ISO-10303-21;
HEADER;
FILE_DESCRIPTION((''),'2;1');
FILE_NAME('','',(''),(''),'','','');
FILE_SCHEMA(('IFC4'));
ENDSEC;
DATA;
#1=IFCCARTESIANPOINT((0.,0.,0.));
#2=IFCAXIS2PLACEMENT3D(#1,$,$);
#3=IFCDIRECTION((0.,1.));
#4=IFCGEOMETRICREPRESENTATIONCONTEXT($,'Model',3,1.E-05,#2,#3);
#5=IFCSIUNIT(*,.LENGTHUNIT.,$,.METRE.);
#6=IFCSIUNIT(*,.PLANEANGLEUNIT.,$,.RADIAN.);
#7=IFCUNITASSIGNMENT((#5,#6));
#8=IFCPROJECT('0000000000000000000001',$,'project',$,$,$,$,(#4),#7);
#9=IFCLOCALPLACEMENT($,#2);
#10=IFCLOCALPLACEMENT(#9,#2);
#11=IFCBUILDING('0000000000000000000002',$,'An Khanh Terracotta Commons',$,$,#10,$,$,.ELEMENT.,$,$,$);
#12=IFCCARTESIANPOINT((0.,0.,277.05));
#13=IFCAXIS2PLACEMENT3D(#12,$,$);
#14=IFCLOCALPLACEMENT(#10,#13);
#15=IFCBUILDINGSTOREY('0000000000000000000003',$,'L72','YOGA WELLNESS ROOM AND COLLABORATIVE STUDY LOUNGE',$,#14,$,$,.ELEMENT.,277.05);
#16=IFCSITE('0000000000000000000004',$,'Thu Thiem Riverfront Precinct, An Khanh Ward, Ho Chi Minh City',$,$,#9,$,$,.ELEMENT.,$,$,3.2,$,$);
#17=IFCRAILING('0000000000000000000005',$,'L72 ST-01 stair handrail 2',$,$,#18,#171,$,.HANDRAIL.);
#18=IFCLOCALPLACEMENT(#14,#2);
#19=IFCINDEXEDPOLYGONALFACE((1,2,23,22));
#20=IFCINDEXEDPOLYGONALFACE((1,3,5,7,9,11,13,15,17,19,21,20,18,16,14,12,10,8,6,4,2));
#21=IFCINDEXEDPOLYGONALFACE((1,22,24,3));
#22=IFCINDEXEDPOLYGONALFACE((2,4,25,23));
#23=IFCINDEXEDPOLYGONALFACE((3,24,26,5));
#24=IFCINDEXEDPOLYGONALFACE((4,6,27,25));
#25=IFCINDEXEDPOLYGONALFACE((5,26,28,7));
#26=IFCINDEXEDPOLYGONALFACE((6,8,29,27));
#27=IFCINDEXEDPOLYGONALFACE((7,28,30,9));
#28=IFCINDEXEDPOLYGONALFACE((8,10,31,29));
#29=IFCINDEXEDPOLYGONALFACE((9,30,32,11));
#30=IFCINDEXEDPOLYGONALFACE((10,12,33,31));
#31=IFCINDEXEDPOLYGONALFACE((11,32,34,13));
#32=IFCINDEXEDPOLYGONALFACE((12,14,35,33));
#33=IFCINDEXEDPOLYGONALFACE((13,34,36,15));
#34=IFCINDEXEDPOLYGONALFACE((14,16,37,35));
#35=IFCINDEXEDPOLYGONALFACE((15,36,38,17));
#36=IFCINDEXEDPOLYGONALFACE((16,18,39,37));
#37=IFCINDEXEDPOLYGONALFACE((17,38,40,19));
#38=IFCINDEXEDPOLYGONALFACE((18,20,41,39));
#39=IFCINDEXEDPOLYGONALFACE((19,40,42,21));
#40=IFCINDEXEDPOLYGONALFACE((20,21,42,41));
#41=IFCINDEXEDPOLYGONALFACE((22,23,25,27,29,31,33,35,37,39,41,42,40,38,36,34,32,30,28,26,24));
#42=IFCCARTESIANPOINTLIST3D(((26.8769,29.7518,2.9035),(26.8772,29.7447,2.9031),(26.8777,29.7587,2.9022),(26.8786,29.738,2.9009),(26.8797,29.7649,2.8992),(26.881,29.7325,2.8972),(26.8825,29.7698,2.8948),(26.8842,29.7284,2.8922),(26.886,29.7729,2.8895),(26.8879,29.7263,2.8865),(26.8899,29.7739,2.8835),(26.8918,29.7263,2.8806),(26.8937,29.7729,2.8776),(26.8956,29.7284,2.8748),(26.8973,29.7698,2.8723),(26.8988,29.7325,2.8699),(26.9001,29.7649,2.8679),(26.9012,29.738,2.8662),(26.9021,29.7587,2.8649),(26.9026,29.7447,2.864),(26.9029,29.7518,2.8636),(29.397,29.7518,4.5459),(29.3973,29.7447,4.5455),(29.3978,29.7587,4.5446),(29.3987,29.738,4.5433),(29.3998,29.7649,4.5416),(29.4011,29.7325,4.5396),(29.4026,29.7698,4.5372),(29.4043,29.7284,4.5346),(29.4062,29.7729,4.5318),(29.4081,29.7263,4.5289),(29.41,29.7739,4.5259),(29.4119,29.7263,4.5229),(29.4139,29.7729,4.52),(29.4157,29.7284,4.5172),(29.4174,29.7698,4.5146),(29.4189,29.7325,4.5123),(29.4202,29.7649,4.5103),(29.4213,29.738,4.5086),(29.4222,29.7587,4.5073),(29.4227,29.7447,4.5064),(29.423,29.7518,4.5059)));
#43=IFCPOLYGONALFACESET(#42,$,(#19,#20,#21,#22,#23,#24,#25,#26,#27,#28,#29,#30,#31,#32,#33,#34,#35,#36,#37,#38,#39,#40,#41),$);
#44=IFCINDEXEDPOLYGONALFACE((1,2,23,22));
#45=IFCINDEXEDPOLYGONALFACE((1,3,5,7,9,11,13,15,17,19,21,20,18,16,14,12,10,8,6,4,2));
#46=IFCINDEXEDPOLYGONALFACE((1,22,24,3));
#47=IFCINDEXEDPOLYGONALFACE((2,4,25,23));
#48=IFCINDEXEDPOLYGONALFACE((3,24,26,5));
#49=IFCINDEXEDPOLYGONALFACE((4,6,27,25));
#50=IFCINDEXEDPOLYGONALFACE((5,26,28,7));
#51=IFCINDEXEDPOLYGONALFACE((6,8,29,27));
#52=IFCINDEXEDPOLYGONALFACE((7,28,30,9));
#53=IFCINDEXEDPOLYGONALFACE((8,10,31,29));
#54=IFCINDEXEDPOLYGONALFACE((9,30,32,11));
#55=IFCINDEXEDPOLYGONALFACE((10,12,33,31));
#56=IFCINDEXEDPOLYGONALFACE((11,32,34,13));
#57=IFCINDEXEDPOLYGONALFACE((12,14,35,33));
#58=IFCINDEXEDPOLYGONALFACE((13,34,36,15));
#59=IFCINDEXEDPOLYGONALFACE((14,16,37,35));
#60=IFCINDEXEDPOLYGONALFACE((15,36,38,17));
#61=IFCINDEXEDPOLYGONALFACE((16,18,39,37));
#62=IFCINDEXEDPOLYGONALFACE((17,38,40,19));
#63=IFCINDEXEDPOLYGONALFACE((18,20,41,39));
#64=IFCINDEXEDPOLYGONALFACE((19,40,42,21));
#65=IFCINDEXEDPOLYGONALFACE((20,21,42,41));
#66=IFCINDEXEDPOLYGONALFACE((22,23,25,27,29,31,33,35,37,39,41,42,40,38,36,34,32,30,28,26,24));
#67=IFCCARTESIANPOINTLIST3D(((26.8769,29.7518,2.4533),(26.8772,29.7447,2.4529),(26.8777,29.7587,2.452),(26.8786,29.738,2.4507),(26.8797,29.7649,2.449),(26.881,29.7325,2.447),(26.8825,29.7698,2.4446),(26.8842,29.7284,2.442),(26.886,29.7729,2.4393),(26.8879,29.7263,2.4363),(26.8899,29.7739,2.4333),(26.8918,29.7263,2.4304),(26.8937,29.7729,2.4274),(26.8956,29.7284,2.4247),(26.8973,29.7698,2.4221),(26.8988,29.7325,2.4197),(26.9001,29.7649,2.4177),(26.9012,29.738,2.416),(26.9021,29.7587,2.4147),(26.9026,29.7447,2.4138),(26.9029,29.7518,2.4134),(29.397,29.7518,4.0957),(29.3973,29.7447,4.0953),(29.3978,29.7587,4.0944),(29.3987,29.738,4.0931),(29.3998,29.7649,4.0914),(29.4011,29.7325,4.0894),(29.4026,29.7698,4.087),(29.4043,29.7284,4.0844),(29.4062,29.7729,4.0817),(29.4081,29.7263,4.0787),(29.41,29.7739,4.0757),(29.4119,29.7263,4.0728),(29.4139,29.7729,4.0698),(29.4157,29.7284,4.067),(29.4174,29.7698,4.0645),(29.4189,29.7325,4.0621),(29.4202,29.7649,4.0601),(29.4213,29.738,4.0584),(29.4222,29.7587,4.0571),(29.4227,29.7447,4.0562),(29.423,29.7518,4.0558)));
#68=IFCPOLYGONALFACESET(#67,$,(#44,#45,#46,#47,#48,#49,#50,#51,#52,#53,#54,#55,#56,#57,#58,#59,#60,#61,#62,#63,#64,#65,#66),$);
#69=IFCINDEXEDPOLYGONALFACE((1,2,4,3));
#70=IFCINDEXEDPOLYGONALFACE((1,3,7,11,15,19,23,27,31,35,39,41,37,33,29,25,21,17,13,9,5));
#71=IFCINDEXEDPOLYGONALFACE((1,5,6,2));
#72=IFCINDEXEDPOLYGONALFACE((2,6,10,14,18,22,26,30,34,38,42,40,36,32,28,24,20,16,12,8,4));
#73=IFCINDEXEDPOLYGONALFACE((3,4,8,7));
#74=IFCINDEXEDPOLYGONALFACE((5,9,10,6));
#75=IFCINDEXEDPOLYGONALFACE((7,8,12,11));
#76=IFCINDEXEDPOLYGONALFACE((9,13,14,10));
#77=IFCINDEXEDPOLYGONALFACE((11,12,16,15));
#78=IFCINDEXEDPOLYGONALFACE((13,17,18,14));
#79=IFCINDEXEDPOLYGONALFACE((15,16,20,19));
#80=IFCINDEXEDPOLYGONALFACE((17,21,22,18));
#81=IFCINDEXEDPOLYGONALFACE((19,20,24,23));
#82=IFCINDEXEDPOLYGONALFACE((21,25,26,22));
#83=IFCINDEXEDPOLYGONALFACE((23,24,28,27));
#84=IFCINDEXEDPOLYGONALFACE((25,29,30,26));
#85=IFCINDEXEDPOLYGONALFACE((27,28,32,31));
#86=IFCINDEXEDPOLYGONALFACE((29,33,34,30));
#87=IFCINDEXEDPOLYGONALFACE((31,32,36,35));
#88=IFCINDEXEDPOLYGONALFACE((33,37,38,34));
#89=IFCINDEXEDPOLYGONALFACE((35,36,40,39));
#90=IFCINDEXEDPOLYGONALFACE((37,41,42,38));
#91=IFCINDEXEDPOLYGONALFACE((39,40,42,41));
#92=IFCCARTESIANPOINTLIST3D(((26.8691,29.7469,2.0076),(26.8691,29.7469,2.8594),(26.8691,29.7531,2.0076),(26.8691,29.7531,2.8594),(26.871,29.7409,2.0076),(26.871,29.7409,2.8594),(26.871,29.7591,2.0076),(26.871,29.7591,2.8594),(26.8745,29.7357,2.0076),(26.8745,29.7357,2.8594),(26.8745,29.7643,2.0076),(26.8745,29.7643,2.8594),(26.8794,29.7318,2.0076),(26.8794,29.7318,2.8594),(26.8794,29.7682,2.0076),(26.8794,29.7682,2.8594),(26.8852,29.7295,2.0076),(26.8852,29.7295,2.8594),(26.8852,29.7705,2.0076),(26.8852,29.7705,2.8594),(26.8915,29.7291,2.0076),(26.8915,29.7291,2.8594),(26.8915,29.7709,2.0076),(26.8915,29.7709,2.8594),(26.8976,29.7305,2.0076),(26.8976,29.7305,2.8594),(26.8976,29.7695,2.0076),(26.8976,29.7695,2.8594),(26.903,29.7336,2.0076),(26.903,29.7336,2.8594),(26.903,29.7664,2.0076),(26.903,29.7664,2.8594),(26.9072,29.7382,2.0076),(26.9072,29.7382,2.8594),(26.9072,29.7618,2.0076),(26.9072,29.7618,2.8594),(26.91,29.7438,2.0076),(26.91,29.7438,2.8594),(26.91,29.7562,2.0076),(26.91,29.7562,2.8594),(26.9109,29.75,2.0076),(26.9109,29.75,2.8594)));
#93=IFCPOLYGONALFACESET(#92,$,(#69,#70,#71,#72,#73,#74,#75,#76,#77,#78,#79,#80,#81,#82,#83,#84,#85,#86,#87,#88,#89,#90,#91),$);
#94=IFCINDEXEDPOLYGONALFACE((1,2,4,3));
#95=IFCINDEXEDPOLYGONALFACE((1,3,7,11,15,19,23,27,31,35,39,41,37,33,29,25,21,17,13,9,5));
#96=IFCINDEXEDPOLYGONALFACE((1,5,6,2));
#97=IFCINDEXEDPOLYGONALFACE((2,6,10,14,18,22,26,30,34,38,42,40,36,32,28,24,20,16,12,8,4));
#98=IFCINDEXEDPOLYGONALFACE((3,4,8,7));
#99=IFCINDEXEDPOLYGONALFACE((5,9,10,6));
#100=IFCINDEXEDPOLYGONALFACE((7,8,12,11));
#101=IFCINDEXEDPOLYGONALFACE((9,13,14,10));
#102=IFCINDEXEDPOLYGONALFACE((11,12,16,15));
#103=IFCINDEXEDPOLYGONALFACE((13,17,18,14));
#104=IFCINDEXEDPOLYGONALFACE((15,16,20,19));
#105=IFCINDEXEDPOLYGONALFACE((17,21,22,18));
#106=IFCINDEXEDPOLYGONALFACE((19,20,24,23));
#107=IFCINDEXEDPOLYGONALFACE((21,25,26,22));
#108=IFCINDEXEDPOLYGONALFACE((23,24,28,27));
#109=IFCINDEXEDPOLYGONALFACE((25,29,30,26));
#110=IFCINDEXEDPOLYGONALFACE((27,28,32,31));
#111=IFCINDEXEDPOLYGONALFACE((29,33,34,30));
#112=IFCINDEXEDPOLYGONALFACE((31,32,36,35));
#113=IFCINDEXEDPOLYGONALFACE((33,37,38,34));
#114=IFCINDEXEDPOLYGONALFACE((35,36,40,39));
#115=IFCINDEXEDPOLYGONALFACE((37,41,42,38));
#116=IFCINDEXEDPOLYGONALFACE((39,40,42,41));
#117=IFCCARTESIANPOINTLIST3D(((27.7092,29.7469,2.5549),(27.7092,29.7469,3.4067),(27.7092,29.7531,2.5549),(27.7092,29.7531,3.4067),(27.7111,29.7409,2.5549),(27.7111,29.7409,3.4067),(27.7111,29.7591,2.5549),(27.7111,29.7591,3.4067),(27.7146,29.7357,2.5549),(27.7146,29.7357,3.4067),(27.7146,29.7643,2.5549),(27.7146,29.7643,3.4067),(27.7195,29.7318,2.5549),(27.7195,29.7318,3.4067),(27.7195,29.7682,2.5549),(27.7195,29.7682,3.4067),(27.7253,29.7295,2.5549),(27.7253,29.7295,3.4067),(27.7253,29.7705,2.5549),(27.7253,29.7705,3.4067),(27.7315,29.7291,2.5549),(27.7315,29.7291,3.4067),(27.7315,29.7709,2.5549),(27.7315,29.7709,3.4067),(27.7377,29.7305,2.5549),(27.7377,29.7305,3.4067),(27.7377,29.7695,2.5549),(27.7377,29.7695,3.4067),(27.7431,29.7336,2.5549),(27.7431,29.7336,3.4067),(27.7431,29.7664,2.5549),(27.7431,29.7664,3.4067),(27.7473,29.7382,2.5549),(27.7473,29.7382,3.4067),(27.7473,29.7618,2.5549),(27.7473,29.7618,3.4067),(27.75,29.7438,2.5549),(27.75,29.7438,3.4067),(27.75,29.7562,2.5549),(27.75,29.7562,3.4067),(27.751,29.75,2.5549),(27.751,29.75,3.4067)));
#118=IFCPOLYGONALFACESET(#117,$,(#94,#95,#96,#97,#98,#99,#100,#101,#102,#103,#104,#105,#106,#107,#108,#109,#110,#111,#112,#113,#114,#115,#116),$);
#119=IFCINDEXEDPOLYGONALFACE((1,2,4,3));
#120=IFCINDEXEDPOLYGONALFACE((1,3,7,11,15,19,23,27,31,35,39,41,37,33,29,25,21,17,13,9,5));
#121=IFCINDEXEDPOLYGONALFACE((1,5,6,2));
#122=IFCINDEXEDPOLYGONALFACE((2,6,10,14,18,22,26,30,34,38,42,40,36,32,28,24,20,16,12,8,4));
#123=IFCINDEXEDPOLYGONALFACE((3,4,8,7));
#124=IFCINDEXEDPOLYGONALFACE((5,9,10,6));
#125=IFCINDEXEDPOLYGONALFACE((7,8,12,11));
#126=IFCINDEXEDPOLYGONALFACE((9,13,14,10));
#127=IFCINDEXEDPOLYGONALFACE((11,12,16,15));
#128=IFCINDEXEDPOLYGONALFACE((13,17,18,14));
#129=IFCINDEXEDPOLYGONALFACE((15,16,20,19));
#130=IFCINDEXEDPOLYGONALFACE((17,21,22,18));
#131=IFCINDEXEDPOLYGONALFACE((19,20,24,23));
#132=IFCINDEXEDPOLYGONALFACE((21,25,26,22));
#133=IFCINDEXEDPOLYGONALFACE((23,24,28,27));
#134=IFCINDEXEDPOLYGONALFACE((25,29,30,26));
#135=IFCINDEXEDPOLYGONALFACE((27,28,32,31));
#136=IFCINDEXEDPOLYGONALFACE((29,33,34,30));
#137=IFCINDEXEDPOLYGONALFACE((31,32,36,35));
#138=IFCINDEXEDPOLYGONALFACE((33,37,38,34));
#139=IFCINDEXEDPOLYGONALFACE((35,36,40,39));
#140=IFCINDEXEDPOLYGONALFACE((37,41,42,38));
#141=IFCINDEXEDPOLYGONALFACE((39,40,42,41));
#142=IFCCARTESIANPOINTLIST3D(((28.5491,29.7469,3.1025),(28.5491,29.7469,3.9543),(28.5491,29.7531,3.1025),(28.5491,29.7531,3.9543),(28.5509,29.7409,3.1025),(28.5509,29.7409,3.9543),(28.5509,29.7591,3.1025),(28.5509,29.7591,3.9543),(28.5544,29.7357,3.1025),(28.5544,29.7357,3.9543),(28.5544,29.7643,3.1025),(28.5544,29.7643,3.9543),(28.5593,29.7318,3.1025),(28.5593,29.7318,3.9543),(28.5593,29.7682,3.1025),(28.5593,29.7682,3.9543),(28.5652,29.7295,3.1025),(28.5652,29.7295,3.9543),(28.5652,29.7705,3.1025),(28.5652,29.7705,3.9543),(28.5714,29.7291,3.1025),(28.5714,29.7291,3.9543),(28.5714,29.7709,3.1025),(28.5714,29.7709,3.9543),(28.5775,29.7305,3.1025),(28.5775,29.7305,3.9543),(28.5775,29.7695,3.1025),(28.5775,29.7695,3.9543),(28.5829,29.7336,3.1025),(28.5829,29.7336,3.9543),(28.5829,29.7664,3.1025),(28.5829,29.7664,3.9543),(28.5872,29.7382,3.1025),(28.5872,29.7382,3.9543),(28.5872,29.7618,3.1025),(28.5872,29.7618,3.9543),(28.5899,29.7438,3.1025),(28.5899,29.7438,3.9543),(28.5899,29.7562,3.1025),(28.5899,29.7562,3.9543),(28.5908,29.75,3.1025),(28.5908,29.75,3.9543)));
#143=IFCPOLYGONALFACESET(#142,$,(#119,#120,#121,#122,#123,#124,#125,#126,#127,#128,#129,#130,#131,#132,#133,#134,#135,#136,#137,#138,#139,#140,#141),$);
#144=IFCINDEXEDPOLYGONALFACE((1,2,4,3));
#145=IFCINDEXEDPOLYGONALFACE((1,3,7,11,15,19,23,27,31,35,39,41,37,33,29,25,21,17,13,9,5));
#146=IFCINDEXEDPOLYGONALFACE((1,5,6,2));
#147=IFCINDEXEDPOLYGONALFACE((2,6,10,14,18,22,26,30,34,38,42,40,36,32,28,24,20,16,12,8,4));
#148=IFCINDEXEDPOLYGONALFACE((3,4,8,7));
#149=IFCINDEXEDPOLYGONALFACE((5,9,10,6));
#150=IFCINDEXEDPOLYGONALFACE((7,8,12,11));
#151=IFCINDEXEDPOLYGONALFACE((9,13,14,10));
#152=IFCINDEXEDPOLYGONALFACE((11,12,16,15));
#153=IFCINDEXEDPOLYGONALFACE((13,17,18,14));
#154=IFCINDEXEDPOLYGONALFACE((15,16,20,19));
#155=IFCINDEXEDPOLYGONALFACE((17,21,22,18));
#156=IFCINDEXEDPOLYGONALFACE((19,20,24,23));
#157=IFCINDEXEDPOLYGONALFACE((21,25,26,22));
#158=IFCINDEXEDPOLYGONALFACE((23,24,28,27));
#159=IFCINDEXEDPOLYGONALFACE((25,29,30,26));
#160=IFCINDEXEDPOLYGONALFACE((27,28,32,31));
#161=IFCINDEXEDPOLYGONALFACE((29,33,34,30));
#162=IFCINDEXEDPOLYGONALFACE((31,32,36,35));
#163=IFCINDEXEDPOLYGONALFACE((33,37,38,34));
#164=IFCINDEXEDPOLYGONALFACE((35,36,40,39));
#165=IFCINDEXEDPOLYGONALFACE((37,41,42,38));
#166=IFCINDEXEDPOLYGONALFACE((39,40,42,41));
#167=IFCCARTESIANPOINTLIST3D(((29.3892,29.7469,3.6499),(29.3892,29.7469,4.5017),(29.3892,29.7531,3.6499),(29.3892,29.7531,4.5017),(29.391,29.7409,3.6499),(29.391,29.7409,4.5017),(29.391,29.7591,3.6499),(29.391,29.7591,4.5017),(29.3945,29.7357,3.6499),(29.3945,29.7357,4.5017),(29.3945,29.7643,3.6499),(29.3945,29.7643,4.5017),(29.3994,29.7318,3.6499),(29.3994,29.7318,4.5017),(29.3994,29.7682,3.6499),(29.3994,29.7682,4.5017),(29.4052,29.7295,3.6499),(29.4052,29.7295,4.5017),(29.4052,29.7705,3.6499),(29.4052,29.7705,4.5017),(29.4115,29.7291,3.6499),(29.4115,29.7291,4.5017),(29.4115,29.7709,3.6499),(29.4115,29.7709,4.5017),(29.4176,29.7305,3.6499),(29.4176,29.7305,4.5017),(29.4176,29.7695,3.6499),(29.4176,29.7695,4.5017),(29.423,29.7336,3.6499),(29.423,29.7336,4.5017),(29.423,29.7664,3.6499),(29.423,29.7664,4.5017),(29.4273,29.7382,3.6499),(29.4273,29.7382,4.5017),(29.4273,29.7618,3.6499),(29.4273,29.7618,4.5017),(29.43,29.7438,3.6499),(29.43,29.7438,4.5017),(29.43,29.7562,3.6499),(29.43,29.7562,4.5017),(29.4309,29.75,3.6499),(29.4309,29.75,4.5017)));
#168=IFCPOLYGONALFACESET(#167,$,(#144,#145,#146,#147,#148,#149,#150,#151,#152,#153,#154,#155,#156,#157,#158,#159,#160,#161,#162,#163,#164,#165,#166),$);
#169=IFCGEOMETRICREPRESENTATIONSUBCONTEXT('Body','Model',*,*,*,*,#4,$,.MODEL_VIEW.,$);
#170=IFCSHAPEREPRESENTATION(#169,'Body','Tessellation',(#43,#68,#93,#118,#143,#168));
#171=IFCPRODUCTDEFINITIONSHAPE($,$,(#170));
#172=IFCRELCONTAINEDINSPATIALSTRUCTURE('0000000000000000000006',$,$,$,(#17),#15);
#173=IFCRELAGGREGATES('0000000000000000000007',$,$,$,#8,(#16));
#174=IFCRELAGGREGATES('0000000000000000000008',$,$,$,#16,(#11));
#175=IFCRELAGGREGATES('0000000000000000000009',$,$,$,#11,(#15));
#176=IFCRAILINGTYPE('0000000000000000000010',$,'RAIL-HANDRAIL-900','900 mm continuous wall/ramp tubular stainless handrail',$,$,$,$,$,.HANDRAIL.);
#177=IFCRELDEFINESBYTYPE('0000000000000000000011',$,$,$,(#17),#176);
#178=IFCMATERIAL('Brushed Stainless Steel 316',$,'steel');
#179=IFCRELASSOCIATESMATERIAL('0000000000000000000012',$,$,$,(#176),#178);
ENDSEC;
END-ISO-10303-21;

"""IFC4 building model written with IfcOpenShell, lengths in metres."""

from ifc_helpers import new_model, si_unit, direction, frame, origin, origin_2d, place, context, subcontext, project, spatial, circle, extrude, material, type_object, element, save


model = new_model("IFC4")

# Units and contexts
model_context = context("Model", 3, precision=1e-05, world=origin(), true_north=direction((0.0, 1.0)))
body_context = subcontext(model_context, "Body", "Model", "MODEL_VIEW")
ifc_project = project(units=[si_unit("LENGTHUNIT", "METRE"), si_unit("PLANEANGLEUNIT", "RADIAN")], contexts=[model_context])

# Site, building, storey
site_placement = place(None, origin())
site = spatial("IfcSite", under=ifc_project, at=site_placement, Name="Thu Thiem Riverfront Precinct, An Khanh Ward, Ho Chi Minh City", CompositionType="ELEMENT", RefElevation=3.2)
building_placement = place(site_placement, origin())
building = spatial("IfcBuilding", under=site, at=building_placement, Name="An Khanh Terracotta Commons", CompositionType="ELEMENT")
storey_placement = place(building_placement, frame((0.0, 0.0, 277.05)))
storey = spatial("IfcBuildingStorey", under=building, at=storey_placement, Name="L72", Description="YOGA WELLNESS ROOM AND COLLABORATIVE STUDY LOUNGE", CompositionType="ELEMENT", Elevation=277.05)

# Railing
ifc_material_1 = material(Name="Brushed Stainless Steel 316", Category="steel")
railing_type_1 = type_object("IfcRailingType", Name="RAIL-HANDRAIL-900", Description="900 mm continuous wall/ramp tubular stainless handrail", PredefinedType="HANDRAIL", material=ifc_material_1)
railing_1_placement = place(storey_placement, frame((26.8899, 29.75, 2.0076)))
element("IfcRailing", 1, at=railing_1_placement, inside=storey, type_object=railing_type_1, Name="L72 ST-01 stair handrail 2", PredefinedType="HANDRAIL", context=body_context, shape_type="SweptSolid", body=[
    extrude(circle(Radius=0.0239, at=origin_2d()), frame((0.0, 0.0, 0.876), z_axis=(0.837787, 0.0, 0.545998), x_axis=(0.0, 1.0, 0.0)), (0.0, 0.0, 1.0), 3.0081),
    extrude(circle(Radius=0.0239, at=origin_2d()), frame((0.0, 0.0, 0.4258), z_axis=(0.837787, 0.0, 0.545998), x_axis=(0.0, 1.0, 0.0)), (0.0, 0.0, 1.0), 3.0081),
    extrude(circle(Radius=0.021, at=origin_2d()), origin(), (0.0, 0.0, 1.0), 0.8518),
    extrude(circle(Radius=0.021, at=origin_2d()), frame((0.8401, 0.0, 0.5474)), (0.0, 0.0, 1.0), 0.8518),
    extrude(circle(Radius=0.021, at=origin_2d()), frame((1.6799, 0.0, 1.095)), (0.0, 0.0, 1.0), 0.8518),
    extrude(circle(Radius=0.021, at=origin_2d()), frame((2.52, 0.0, 1.6423)), (0.0, 0.0, 1.0), 0.8518),
])

save(model, "model.ifc")
